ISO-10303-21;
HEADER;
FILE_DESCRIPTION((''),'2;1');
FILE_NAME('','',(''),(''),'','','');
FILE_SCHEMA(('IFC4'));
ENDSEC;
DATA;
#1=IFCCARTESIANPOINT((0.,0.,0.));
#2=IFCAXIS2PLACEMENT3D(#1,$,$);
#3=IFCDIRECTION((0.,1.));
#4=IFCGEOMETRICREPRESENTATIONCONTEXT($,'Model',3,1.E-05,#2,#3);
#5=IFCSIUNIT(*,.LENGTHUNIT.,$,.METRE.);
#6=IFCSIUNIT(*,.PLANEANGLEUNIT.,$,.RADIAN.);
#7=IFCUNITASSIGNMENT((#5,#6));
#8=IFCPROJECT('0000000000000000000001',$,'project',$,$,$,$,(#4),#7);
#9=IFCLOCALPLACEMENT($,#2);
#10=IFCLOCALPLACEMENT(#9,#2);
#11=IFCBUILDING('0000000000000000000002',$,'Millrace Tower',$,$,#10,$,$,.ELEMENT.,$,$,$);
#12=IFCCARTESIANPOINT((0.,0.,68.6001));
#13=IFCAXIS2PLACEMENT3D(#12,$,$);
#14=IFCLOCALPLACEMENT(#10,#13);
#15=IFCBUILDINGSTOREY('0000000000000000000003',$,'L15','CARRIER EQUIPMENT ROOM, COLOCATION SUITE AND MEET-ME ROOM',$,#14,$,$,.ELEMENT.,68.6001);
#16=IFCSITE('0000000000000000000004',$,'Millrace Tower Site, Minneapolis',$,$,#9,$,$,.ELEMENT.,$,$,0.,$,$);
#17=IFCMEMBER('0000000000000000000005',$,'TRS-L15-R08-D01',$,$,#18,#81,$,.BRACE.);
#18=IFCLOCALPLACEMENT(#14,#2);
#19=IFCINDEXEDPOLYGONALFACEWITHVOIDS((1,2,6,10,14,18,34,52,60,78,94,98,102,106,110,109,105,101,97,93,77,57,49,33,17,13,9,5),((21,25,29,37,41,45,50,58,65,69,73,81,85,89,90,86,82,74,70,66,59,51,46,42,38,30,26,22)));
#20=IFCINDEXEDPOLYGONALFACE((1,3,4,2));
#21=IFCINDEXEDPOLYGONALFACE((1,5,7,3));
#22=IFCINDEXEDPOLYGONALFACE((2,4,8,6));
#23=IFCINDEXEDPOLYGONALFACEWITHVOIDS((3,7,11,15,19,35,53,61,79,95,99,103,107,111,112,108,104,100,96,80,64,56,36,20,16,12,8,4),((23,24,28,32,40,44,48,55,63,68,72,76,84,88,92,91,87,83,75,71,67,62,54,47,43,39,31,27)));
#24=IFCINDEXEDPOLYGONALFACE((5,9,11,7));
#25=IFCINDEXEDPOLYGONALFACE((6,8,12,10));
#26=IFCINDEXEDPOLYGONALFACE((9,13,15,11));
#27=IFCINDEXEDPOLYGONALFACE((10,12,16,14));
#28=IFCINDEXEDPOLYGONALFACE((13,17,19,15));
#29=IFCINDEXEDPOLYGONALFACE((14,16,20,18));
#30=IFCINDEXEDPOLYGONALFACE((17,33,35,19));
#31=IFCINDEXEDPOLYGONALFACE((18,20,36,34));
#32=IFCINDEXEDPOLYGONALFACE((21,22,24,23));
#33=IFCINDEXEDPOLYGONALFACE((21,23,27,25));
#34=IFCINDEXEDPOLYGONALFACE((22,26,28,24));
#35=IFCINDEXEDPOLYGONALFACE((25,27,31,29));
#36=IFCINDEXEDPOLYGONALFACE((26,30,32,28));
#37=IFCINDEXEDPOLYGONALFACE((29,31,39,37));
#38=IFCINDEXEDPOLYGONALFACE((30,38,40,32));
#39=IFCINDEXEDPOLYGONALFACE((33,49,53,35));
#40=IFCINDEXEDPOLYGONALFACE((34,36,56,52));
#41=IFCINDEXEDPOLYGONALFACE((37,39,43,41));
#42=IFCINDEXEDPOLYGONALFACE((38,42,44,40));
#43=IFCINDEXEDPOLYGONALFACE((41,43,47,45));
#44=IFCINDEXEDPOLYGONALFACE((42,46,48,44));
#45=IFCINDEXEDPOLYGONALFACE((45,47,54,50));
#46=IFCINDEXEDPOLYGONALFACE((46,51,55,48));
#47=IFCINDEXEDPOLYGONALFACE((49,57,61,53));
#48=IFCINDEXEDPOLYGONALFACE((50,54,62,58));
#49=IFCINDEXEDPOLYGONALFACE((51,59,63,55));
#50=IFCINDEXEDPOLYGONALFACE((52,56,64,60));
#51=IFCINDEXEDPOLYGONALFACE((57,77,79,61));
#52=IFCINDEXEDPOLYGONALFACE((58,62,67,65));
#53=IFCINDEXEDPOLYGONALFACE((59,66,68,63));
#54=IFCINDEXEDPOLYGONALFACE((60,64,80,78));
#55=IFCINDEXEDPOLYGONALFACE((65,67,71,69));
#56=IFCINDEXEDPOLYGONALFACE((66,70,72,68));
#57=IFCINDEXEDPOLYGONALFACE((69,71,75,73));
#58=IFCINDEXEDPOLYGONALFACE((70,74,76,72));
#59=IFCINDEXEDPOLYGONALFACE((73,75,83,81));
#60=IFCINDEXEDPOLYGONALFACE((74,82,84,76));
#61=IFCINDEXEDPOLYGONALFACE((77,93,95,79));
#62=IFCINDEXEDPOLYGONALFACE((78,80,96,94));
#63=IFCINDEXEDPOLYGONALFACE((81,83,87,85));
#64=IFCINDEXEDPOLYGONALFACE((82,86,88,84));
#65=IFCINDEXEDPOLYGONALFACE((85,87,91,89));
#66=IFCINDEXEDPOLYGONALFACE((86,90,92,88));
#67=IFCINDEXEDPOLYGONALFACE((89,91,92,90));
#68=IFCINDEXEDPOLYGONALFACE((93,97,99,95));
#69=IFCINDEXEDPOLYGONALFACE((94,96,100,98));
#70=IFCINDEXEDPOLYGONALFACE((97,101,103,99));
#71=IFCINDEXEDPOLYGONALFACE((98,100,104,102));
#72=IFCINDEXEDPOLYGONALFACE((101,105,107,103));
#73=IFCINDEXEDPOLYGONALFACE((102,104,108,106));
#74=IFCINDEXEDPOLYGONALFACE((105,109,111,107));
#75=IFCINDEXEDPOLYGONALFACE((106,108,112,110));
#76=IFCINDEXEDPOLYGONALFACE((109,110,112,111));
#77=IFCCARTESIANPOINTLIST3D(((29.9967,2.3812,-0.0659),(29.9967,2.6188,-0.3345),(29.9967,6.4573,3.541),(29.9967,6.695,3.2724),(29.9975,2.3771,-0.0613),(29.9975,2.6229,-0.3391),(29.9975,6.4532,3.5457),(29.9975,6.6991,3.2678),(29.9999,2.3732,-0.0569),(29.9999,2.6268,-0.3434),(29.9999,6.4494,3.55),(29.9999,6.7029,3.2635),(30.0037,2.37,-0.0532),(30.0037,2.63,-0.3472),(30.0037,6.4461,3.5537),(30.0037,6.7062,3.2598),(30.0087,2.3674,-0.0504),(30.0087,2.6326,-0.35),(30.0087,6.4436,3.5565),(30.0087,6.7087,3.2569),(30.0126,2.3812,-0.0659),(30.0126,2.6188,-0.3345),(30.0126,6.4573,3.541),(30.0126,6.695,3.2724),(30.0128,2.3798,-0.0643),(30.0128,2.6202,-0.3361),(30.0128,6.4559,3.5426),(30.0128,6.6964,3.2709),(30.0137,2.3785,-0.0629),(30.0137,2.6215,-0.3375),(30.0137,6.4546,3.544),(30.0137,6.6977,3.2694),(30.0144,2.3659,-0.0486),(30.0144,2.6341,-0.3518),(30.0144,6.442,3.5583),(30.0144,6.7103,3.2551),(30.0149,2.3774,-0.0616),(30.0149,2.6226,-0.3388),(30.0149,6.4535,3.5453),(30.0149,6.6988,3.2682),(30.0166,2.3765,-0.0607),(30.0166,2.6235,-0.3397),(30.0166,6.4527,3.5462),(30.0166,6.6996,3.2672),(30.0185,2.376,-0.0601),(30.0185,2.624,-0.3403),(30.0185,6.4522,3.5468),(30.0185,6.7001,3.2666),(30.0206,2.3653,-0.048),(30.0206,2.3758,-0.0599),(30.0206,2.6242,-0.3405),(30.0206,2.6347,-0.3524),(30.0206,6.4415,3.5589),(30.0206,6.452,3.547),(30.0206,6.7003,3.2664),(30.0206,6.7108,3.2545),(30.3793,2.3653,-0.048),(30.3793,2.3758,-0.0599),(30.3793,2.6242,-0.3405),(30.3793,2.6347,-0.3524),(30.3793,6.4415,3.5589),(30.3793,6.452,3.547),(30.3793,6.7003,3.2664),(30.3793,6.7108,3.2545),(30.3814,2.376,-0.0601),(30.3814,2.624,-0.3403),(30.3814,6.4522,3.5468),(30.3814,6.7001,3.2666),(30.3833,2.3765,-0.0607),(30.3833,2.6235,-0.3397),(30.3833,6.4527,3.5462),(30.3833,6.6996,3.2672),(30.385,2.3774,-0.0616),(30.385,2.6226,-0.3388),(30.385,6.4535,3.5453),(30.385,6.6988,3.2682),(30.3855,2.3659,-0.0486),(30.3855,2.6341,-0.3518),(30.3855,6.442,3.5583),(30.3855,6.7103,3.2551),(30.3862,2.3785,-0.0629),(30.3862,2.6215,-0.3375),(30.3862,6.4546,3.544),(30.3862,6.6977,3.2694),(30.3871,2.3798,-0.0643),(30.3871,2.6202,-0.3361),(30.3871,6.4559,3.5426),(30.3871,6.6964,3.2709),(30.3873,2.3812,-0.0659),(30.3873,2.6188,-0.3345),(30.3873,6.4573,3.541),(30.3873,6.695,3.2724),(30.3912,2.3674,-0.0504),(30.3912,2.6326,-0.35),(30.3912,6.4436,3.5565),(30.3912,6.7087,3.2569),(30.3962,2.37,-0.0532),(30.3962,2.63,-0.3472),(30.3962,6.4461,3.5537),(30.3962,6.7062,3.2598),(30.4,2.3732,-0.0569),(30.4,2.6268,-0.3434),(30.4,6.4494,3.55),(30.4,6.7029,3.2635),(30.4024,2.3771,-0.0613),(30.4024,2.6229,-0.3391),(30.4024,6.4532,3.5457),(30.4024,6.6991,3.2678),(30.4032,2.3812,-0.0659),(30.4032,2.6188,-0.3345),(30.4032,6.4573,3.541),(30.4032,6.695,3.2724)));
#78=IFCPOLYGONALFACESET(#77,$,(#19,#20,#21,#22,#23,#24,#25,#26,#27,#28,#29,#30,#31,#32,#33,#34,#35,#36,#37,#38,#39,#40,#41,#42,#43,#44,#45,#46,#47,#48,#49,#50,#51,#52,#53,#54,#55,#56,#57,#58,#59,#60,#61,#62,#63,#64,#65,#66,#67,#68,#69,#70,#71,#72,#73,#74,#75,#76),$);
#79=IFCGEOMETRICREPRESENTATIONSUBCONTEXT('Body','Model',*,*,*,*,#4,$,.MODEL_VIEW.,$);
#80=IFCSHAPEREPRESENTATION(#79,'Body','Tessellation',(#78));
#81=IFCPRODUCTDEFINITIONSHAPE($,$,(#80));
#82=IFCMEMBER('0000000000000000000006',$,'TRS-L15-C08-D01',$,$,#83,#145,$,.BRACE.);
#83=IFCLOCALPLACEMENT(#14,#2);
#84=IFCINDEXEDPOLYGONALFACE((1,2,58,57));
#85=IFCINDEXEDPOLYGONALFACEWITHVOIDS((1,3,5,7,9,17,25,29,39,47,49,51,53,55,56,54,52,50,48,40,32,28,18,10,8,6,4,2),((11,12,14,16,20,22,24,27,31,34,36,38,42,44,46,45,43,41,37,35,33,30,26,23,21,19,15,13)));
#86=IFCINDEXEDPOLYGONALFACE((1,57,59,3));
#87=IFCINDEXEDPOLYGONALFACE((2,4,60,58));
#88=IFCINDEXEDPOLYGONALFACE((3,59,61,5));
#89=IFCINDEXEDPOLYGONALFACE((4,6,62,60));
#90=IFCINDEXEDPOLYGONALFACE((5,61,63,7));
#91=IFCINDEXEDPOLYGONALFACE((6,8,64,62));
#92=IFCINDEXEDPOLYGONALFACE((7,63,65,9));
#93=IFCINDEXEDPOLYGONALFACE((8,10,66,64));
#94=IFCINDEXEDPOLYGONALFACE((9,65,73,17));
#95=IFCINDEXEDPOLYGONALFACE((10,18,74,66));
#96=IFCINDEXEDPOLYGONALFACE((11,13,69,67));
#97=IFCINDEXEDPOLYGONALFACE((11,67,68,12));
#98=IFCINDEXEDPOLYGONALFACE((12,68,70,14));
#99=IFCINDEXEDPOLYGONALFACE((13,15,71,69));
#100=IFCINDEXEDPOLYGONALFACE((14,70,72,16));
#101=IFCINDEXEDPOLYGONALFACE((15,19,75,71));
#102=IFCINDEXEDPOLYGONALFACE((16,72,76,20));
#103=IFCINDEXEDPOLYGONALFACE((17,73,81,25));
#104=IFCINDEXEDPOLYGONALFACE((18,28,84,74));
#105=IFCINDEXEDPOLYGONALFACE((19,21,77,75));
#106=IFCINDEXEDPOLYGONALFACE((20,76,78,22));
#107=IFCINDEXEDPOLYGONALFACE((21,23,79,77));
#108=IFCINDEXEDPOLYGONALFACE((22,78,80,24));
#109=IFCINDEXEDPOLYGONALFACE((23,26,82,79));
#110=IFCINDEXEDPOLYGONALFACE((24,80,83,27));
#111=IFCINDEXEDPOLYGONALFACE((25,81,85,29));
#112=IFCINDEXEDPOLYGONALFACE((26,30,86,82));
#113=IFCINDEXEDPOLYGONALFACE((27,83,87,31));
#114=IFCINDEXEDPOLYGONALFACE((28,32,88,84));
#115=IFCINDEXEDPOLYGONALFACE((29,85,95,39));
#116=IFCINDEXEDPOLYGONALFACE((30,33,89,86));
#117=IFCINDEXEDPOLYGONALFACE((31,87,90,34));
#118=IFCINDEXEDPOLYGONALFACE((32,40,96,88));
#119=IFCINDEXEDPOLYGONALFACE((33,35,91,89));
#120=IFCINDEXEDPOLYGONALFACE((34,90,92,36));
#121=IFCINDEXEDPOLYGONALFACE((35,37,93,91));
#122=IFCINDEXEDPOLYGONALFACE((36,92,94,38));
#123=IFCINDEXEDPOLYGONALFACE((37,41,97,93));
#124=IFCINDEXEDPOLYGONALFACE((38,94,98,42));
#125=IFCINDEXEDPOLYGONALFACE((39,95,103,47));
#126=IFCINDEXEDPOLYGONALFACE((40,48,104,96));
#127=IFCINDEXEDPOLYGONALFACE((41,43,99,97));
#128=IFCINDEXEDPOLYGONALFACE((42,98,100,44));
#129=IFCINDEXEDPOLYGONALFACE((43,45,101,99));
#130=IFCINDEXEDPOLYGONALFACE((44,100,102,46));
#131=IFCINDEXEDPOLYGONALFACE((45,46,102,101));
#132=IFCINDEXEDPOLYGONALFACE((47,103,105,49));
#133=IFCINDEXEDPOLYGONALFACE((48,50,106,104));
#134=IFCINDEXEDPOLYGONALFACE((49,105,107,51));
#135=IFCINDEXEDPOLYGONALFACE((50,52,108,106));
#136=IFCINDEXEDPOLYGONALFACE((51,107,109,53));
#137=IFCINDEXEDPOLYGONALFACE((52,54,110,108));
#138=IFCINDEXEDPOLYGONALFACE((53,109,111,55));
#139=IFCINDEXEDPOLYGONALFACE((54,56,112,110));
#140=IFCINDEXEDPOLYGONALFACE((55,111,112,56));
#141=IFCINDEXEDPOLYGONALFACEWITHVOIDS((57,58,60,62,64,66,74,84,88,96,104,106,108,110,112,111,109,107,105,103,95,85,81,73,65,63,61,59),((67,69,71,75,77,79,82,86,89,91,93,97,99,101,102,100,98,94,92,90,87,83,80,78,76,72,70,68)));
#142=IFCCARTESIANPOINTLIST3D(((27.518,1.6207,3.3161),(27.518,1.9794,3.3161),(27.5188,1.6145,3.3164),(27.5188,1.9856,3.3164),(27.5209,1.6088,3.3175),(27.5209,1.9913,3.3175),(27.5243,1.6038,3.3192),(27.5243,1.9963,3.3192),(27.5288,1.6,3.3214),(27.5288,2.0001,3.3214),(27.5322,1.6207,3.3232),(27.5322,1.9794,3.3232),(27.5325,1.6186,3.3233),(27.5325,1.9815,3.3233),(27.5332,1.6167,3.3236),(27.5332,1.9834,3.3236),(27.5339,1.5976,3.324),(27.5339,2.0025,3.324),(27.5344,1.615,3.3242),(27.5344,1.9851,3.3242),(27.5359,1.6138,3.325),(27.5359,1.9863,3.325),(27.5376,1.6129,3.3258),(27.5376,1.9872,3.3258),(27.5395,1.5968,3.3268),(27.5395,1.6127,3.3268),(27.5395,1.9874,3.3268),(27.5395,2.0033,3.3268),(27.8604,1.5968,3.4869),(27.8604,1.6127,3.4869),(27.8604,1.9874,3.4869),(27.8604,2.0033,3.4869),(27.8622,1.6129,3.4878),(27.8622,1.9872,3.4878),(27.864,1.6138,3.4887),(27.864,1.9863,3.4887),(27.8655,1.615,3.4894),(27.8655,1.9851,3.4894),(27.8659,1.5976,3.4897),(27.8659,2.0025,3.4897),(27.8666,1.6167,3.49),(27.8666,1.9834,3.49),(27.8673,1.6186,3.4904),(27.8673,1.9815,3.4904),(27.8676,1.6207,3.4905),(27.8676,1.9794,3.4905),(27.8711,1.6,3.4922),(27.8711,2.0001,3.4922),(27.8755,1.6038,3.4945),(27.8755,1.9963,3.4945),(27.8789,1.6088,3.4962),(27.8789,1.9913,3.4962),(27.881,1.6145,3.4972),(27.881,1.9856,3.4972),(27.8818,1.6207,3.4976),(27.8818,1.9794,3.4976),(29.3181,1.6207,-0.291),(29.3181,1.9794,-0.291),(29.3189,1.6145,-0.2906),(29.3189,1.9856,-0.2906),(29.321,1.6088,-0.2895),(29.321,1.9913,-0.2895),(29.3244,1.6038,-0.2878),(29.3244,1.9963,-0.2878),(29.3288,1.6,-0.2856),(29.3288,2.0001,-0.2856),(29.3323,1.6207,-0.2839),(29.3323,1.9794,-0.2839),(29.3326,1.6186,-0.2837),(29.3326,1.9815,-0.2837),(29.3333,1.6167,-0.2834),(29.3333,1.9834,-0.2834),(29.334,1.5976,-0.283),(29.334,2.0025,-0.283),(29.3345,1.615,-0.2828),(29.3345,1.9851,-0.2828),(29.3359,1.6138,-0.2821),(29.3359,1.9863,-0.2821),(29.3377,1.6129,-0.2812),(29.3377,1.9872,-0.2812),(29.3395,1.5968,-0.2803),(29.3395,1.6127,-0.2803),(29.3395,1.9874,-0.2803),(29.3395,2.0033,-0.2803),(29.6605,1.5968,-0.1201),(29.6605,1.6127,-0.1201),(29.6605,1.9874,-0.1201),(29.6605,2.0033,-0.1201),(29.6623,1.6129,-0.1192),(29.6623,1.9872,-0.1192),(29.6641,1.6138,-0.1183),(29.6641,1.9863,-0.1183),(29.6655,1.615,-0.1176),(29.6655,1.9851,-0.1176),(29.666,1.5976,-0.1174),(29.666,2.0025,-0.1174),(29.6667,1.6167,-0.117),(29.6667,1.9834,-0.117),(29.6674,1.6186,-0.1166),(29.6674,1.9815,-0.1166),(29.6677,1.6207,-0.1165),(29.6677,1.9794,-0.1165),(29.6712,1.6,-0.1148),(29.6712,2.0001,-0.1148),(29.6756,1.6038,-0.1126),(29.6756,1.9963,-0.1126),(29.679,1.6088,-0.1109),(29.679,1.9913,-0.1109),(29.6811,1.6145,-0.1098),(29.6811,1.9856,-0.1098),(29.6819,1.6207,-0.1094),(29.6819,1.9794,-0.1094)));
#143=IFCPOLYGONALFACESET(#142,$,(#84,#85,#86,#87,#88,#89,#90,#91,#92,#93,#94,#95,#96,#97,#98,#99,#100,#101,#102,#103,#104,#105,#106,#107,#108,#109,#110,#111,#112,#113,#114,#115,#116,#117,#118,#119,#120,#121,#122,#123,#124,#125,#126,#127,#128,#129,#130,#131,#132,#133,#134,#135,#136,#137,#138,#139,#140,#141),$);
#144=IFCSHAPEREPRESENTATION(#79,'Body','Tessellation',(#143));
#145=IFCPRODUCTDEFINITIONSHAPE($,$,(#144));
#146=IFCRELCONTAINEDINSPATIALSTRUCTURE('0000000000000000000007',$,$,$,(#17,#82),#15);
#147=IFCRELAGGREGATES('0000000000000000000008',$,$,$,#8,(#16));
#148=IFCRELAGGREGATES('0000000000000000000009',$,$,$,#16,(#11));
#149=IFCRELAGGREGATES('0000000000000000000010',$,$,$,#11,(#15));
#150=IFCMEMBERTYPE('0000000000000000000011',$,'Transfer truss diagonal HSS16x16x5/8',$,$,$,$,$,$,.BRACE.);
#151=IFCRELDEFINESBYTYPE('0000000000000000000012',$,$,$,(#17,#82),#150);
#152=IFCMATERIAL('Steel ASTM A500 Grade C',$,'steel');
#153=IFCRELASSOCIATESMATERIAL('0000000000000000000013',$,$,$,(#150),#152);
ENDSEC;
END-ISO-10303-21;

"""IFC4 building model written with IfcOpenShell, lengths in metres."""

from ifc_helpers import new_model, si_unit, direction, frame, origin, origin_2d, place, context, subcontext, project, spatial, hollow_rectangle, extrude, material, material_profile, profile_set, type_object, element, save


model = new_model("IFC4")

# Units and contexts
model_context = context("Model", 3, precision=1e-05, world=origin(), true_north=direction((0.0, 1.0)))
body_context = subcontext(model_context, "Body", "Model", "MODEL_VIEW")
ifc_project = project(units=[si_unit("LENGTHUNIT", "METRE"), si_unit("PLANEANGLEUNIT", "RADIAN")], contexts=[model_context])

# Site, building, storey
site_placement = place(None, origin())
site = spatial("IfcSite", under=ifc_project, at=site_placement, Name="Millrace Tower Site, Minneapolis", CompositionType="ELEMENT", RefElevation=0.0)
building_placement = place(site_placement, origin())
building = spatial("IfcBuilding", under=site, at=building_placement, Name="Millrace Tower", CompositionType="ELEMENT")
storey_placement = place(building_placement, frame((0.0, 0.0, 68.6001)))
storey = spatial("IfcBuildingStorey", under=building, at=storey_placement, Name="L15", Description="CARRIER EQUIPMENT ROOM, COLOCATION SUITE AND MEET-ME ROOM", CompositionType="ELEMENT", Elevation=68.6001)

# Members
ifc_material_1 = material(Name="Steel ASTM A500 Grade C", Category="steel")
ifc_material_profile_1 = material_profile(ifc_material_1, hollow_rectangle(XDim=0.4065, YDim=0.4065, WallThickness=0.0159, InnerFilletRadius=0.0081, OuterFilletRadius=0.0239, at=origin_2d()))
ifc_profile_set_1 = profile_set([ifc_material_profile_1], Name="Steel ASTM A500 Grade C")
member_type_1 = type_object("IfcMemberType", Name="Transfer truss diagonal HSS16x16x5/8", PredefinedType="BRACE", material=ifc_profile_set_1)
member_1_placement = place(storey_placement, frame((30.2, 2.5, -0.2002), z_axis=(0.0, 0.748897, 0.662686), x_axis=(-1.0, 0.0, 0.0)))
element("IfcMember", 1, at=member_1_placement, inside=storey, type_object=member_type_1, Name="TRS-L15-R08-D01", PredefinedType="BRACE", context=body_context, shape_type="SweptSolid", body=[
    extrude(hollow_rectangle(XDim=0.4065, YDim=0.4065, WallThickness=0.0159, InnerFilletRadius=0.0081, OuterFilletRadius=0.0239, at=origin_2d()), origin(), (0.0, 0.0, 1.0), 5.4429),
])
member_2_placement = place(storey_placement, frame((29.5, 1.8, -0.2002), z_axis=(-0.446535, 0.0, 0.894766), x_axis=(0.0, -1.0, 0.0)))
element("IfcMember", 2, at=member_2_placement, inside=storey, type_object=member_type_1, Name="TRS-L15-C08-D01", PredefinedType="BRACE", context=body_context, shape_type="SweptSolid", body=[
    extrude(hollow_rectangle(XDim=0.4065, YDim=0.4065, WallThickness=0.0159, InnerFilletRadius=0.0081, OuterFilletRadius=0.0239, at=origin_2d()), origin(), (0.0, 0.0, 1.0), 4.0312),
])

save(model, "model.ifc")
